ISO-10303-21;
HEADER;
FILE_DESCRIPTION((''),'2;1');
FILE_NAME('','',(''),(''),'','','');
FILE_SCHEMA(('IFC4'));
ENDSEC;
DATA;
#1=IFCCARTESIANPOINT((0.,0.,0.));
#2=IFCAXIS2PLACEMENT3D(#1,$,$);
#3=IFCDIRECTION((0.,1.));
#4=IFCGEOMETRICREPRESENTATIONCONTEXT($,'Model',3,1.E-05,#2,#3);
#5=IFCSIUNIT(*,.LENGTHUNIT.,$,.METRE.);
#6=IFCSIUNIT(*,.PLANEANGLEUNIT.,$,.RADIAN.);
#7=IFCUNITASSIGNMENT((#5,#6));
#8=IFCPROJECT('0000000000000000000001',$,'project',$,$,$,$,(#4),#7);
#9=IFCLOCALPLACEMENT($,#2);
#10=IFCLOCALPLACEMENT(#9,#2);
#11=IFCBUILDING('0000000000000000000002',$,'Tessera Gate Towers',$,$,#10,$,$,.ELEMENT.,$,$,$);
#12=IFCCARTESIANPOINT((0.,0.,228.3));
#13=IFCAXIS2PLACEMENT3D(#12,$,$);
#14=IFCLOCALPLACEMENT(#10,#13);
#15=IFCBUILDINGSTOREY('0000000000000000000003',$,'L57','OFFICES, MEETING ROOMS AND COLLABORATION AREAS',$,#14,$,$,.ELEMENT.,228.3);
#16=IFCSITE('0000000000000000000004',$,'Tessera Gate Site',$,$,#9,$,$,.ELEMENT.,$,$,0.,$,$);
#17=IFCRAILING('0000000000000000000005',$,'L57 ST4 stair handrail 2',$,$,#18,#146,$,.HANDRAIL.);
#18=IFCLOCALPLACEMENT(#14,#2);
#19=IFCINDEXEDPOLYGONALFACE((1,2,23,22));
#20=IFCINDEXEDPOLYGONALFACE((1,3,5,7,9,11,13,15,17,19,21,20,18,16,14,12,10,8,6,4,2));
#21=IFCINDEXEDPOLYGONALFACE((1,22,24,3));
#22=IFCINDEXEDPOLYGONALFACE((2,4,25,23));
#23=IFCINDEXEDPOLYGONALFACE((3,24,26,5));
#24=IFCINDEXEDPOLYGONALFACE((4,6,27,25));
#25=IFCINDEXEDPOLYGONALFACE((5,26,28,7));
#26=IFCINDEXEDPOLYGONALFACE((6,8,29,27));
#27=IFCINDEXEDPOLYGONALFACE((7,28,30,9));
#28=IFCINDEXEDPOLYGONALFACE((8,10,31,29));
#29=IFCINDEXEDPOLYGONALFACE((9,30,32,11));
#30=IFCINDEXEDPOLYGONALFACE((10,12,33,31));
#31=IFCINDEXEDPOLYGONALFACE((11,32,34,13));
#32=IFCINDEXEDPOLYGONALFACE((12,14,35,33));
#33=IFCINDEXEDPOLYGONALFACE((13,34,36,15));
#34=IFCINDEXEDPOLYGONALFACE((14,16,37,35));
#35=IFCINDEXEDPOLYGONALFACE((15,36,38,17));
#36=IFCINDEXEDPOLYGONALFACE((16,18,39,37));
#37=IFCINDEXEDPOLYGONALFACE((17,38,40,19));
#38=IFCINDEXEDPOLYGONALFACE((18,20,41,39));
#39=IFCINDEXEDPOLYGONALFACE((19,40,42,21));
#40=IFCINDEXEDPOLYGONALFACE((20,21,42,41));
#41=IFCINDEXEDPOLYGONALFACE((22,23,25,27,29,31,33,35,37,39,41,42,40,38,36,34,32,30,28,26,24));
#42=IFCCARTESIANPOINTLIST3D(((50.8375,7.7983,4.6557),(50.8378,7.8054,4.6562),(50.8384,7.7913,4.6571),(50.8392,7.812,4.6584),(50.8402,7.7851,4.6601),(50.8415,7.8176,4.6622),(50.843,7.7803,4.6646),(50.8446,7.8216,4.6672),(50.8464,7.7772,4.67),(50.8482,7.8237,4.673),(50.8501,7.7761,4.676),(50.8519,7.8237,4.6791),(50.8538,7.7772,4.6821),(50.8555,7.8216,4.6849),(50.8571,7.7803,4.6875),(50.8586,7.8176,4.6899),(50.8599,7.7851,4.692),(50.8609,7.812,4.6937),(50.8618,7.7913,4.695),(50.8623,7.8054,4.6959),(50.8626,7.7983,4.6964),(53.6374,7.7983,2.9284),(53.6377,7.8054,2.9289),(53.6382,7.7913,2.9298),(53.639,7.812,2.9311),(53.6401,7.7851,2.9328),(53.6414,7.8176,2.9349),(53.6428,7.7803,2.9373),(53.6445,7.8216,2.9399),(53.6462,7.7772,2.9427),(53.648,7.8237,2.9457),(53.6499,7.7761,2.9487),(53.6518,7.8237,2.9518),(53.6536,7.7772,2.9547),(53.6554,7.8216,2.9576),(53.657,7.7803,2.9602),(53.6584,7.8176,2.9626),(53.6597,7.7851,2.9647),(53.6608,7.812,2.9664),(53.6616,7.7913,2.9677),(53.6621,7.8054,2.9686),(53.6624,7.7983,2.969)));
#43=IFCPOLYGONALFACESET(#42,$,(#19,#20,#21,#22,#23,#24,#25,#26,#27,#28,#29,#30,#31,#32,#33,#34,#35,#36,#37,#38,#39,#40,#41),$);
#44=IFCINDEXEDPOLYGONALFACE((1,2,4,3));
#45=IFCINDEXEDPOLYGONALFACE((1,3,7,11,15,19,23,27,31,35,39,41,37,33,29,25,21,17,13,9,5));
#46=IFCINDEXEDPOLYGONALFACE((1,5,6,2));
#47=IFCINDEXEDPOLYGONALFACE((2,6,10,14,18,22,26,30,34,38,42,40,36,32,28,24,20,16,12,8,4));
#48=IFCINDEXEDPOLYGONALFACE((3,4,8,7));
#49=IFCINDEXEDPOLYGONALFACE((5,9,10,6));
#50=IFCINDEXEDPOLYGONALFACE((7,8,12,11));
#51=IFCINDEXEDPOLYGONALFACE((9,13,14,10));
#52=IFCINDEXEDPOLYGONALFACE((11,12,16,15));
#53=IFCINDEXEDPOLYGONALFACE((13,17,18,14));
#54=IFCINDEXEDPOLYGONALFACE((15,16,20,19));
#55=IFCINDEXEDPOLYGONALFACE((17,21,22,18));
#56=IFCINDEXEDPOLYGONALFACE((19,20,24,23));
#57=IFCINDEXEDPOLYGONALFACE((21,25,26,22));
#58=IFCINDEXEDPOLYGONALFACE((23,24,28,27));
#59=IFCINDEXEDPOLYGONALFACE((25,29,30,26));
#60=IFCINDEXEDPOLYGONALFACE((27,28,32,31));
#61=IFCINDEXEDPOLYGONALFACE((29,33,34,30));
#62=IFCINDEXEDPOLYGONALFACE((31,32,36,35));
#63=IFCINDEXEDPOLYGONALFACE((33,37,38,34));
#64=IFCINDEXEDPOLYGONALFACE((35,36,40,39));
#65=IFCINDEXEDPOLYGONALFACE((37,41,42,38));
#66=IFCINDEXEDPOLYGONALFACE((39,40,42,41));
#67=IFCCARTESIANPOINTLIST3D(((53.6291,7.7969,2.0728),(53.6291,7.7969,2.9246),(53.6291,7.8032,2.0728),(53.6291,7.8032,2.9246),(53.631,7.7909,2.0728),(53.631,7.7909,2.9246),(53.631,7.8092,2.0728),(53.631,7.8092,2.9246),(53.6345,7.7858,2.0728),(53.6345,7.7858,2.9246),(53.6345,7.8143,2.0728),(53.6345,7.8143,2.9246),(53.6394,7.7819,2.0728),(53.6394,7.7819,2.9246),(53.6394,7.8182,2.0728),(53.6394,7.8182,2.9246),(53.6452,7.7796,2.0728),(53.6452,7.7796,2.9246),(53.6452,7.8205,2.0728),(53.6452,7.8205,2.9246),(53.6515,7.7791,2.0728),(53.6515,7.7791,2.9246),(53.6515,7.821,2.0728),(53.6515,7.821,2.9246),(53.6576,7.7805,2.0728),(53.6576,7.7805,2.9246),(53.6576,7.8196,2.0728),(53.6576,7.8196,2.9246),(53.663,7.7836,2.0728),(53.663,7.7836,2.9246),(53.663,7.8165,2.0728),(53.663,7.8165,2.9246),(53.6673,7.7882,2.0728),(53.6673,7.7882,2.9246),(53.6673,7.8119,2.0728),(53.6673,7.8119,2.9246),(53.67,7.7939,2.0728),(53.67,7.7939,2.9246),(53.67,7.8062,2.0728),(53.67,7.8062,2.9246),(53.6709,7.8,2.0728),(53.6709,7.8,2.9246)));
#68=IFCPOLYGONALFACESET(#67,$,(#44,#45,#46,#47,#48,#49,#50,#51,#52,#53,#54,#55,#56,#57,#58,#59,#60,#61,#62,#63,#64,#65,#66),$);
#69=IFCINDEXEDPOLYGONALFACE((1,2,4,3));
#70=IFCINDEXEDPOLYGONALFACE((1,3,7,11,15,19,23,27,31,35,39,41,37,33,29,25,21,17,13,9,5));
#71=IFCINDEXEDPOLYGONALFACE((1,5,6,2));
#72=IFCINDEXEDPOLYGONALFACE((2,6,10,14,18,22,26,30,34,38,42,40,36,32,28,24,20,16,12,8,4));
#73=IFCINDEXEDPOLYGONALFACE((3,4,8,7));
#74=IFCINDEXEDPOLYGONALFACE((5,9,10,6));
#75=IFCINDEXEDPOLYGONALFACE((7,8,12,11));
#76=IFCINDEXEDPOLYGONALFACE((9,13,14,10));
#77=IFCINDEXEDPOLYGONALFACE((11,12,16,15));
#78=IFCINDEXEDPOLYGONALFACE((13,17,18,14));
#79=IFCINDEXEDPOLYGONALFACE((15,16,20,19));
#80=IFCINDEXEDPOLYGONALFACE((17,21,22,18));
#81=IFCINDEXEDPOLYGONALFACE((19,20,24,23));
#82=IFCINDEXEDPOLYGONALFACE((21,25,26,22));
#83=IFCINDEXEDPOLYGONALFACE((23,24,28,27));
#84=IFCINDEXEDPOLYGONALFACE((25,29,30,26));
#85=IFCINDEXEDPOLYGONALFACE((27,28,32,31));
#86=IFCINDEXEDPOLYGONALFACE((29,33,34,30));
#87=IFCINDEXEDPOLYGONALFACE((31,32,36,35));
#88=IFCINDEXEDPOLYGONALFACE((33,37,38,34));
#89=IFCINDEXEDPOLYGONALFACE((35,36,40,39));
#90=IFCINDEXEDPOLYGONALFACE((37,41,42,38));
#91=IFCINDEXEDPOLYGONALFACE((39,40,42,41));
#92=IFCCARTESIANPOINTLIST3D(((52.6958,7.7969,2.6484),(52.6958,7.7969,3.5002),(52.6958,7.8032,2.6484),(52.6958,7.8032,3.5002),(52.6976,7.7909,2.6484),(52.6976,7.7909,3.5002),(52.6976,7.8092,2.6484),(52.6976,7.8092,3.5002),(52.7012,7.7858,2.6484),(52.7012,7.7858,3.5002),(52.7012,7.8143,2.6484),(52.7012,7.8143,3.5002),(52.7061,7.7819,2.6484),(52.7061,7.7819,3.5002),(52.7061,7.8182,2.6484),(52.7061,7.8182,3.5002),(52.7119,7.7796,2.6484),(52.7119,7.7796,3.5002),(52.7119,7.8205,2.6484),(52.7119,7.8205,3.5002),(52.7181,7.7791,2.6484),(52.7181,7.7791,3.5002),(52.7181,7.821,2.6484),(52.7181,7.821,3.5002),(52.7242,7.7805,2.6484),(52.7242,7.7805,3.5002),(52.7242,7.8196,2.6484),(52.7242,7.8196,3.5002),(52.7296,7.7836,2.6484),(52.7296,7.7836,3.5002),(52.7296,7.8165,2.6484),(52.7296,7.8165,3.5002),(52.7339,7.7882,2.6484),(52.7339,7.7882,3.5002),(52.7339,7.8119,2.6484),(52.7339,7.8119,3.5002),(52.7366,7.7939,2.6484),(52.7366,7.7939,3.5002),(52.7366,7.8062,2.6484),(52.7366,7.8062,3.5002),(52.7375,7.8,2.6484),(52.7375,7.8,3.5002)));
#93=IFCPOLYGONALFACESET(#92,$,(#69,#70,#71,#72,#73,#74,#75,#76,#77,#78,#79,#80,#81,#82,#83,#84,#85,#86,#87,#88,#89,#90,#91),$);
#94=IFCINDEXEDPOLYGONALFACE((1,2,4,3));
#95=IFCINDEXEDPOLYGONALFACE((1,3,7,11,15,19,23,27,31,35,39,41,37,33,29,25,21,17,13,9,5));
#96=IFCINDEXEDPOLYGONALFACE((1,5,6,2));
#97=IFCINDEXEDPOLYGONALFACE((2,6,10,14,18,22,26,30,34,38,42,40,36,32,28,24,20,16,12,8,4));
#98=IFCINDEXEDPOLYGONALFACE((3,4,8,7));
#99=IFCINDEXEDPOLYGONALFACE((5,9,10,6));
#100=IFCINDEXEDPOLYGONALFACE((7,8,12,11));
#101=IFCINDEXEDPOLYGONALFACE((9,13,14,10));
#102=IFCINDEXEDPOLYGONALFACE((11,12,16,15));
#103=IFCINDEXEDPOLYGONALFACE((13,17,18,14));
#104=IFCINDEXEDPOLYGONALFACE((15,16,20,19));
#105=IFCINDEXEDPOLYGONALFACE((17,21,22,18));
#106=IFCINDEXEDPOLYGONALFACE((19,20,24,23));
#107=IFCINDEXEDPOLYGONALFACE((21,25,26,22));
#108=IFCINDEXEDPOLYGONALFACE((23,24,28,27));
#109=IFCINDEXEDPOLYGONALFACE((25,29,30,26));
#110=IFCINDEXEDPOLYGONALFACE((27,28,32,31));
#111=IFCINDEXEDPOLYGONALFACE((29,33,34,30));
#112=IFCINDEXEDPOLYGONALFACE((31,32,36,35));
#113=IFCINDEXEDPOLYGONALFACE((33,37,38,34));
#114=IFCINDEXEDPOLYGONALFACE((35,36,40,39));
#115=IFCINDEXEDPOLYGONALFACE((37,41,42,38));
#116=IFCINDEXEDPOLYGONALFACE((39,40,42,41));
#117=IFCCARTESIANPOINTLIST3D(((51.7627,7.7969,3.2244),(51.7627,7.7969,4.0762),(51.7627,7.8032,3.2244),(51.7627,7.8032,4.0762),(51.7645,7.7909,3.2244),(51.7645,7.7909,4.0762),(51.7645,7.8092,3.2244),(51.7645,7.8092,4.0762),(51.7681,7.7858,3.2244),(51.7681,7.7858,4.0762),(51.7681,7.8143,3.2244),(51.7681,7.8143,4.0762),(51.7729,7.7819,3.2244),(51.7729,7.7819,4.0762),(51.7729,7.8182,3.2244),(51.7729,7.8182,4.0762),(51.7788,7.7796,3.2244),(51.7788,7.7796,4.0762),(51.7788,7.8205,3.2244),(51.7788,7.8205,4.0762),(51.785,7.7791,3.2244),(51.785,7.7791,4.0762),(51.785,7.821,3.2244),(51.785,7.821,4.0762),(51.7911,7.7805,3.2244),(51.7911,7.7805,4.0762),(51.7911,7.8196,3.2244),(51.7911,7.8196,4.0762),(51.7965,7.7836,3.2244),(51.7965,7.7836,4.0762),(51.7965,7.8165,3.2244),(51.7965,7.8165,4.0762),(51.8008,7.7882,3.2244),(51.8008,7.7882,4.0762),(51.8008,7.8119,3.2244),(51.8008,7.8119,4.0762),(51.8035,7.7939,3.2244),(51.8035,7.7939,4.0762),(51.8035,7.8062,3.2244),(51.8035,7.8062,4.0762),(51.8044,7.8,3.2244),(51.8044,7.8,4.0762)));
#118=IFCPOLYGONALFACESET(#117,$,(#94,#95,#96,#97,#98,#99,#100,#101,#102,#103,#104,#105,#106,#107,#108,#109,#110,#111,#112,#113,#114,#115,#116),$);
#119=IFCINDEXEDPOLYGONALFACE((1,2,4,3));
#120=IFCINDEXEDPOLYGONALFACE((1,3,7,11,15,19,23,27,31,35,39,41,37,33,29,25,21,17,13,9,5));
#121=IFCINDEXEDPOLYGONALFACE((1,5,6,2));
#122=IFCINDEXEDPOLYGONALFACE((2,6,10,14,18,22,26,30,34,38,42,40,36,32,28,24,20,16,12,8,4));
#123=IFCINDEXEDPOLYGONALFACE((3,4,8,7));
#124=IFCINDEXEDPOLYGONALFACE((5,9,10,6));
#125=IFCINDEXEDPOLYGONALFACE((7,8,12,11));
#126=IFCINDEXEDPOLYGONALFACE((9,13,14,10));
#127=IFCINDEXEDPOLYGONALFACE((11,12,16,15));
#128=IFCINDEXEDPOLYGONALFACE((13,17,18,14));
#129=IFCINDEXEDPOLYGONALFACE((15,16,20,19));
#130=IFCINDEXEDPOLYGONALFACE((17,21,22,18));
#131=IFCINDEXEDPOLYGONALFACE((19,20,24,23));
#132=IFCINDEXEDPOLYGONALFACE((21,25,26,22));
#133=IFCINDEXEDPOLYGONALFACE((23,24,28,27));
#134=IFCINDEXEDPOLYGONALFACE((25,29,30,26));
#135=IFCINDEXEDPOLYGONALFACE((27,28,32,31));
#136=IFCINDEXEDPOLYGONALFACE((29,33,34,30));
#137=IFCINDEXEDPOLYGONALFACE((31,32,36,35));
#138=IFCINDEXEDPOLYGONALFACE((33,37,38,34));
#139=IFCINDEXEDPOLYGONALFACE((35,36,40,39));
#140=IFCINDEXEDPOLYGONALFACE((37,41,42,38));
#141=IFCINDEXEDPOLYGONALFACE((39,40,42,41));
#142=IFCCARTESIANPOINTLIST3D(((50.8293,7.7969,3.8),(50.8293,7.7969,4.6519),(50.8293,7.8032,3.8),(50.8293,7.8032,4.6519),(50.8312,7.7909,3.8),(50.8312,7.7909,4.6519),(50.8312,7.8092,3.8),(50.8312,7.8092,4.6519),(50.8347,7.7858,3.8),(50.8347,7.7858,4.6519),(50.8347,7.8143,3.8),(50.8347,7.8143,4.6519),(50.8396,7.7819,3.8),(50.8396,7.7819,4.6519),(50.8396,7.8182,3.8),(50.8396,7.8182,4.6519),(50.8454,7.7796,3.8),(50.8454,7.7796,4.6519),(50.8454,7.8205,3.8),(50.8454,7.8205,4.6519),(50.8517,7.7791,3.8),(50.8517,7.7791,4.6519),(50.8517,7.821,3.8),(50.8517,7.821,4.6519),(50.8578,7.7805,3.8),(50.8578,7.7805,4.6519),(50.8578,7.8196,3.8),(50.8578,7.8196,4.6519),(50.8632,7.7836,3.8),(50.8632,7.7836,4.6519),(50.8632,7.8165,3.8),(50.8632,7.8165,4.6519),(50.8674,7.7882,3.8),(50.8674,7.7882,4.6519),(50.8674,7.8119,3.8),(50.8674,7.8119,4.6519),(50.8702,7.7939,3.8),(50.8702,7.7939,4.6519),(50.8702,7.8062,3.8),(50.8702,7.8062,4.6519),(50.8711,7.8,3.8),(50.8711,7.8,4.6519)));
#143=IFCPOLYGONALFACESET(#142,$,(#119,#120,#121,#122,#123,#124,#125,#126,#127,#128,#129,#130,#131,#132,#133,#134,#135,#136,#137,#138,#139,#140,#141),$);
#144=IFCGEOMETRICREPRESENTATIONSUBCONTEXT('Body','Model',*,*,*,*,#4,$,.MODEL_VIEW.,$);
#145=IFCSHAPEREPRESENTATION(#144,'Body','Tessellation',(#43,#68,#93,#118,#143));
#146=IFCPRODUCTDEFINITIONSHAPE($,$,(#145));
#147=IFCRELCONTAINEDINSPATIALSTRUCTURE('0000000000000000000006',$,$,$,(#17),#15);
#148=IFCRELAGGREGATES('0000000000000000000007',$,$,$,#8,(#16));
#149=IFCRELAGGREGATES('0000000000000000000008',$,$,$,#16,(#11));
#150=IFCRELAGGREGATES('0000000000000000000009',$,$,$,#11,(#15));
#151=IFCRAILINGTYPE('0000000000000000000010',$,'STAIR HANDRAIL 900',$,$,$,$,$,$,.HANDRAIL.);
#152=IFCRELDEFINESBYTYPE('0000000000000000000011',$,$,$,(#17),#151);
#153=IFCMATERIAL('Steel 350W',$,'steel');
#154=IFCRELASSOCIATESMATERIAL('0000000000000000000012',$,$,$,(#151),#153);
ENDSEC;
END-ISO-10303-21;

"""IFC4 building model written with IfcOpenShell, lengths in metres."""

from ifc_helpers import new_model, si_unit, direction, frame, origin, origin_2d, place, context, subcontext, project, spatial, circle, extrude, material, type_object, element, save


model = new_model("IFC4")

# Units and contexts
model_context = context("Model", 3, precision=1e-05, world=origin(), true_north=direction((0.0, 1.0)))
body_context = subcontext(model_context, "Body", "Model", "MODEL_VIEW")
ifc_project = project(units=[si_unit("LENGTHUNIT", "METRE"), si_unit("PLANEANGLEUNIT", "RADIAN")], contexts=[model_context])

# Site, building, storey
site_placement = place(None, origin())
site = spatial("IfcSite", under=ifc_project, at=site_placement, Name="Tessera Gate Site", CompositionType="ELEMENT", RefElevation=0.0)
building_placement = place(site_placement, origin())
building = spatial("IfcBuilding", under=site, at=building_placement, Name="Tessera Gate Towers", CompositionType="ELEMENT")
storey_placement = place(building_placement, frame((0.0, 0.0, 228.3)))
storey = spatial("IfcBuildingStorey", under=building, at=storey_placement, Name="L57", Description="OFFICES, MEETING ROOMS AND COLLABORATION AREAS", CompositionType="ELEMENT", Elevation=228.3)

# Railing
ifc_material_1 = material(Name="Steel 350W", Category="steel")
railing_type_1 = type_object("IfcRailingType", Name="STAIR HANDRAIL 900", PredefinedType="HANDRAIL", material=ifc_material_1)
railing_1_placement = place(storey_placement, frame((53.6499, 7.8, 2.0728)))
element("IfcRailing", 1, at=railing_1_placement, inside=storey, type_object=railing_type_1, Name="L57 ST4 stair handrail 2", PredefinedType="HANDRAIL", context=body_context, shape_type="SweptSolid", body=[
    extrude(circle(Radius=0.0239, at=origin_2d()), frame((0.0, 0.0, 0.876), z_axis=(-0.851069, 0.0, 0.525054), x_axis=(0.0, -1.0, 0.0)), (0.0, 0.0, 1.0), 3.2898),
    extrude(circle(Radius=0.021, at=origin_2d()), origin(), (0.0, 0.0, 1.0), 0.8518),
    extrude(circle(Radius=0.021, at=origin_2d()), frame((-0.9333, 0.0, 0.5757)), (0.0, 0.0, 1.0), 0.8518),
    extrude(circle(Radius=0.021, at=origin_2d()), frame((-1.8665, 0.0, 1.1516)), (0.0, 0.0, 1.0), 0.8518),
    extrude(circle(Radius=0.021, at=origin_2d()), frame((-2.7998, 0.0, 1.7273)), (0.0, 0.0, 1.0), 0.8518),
])

save(model, "model.ifc")
